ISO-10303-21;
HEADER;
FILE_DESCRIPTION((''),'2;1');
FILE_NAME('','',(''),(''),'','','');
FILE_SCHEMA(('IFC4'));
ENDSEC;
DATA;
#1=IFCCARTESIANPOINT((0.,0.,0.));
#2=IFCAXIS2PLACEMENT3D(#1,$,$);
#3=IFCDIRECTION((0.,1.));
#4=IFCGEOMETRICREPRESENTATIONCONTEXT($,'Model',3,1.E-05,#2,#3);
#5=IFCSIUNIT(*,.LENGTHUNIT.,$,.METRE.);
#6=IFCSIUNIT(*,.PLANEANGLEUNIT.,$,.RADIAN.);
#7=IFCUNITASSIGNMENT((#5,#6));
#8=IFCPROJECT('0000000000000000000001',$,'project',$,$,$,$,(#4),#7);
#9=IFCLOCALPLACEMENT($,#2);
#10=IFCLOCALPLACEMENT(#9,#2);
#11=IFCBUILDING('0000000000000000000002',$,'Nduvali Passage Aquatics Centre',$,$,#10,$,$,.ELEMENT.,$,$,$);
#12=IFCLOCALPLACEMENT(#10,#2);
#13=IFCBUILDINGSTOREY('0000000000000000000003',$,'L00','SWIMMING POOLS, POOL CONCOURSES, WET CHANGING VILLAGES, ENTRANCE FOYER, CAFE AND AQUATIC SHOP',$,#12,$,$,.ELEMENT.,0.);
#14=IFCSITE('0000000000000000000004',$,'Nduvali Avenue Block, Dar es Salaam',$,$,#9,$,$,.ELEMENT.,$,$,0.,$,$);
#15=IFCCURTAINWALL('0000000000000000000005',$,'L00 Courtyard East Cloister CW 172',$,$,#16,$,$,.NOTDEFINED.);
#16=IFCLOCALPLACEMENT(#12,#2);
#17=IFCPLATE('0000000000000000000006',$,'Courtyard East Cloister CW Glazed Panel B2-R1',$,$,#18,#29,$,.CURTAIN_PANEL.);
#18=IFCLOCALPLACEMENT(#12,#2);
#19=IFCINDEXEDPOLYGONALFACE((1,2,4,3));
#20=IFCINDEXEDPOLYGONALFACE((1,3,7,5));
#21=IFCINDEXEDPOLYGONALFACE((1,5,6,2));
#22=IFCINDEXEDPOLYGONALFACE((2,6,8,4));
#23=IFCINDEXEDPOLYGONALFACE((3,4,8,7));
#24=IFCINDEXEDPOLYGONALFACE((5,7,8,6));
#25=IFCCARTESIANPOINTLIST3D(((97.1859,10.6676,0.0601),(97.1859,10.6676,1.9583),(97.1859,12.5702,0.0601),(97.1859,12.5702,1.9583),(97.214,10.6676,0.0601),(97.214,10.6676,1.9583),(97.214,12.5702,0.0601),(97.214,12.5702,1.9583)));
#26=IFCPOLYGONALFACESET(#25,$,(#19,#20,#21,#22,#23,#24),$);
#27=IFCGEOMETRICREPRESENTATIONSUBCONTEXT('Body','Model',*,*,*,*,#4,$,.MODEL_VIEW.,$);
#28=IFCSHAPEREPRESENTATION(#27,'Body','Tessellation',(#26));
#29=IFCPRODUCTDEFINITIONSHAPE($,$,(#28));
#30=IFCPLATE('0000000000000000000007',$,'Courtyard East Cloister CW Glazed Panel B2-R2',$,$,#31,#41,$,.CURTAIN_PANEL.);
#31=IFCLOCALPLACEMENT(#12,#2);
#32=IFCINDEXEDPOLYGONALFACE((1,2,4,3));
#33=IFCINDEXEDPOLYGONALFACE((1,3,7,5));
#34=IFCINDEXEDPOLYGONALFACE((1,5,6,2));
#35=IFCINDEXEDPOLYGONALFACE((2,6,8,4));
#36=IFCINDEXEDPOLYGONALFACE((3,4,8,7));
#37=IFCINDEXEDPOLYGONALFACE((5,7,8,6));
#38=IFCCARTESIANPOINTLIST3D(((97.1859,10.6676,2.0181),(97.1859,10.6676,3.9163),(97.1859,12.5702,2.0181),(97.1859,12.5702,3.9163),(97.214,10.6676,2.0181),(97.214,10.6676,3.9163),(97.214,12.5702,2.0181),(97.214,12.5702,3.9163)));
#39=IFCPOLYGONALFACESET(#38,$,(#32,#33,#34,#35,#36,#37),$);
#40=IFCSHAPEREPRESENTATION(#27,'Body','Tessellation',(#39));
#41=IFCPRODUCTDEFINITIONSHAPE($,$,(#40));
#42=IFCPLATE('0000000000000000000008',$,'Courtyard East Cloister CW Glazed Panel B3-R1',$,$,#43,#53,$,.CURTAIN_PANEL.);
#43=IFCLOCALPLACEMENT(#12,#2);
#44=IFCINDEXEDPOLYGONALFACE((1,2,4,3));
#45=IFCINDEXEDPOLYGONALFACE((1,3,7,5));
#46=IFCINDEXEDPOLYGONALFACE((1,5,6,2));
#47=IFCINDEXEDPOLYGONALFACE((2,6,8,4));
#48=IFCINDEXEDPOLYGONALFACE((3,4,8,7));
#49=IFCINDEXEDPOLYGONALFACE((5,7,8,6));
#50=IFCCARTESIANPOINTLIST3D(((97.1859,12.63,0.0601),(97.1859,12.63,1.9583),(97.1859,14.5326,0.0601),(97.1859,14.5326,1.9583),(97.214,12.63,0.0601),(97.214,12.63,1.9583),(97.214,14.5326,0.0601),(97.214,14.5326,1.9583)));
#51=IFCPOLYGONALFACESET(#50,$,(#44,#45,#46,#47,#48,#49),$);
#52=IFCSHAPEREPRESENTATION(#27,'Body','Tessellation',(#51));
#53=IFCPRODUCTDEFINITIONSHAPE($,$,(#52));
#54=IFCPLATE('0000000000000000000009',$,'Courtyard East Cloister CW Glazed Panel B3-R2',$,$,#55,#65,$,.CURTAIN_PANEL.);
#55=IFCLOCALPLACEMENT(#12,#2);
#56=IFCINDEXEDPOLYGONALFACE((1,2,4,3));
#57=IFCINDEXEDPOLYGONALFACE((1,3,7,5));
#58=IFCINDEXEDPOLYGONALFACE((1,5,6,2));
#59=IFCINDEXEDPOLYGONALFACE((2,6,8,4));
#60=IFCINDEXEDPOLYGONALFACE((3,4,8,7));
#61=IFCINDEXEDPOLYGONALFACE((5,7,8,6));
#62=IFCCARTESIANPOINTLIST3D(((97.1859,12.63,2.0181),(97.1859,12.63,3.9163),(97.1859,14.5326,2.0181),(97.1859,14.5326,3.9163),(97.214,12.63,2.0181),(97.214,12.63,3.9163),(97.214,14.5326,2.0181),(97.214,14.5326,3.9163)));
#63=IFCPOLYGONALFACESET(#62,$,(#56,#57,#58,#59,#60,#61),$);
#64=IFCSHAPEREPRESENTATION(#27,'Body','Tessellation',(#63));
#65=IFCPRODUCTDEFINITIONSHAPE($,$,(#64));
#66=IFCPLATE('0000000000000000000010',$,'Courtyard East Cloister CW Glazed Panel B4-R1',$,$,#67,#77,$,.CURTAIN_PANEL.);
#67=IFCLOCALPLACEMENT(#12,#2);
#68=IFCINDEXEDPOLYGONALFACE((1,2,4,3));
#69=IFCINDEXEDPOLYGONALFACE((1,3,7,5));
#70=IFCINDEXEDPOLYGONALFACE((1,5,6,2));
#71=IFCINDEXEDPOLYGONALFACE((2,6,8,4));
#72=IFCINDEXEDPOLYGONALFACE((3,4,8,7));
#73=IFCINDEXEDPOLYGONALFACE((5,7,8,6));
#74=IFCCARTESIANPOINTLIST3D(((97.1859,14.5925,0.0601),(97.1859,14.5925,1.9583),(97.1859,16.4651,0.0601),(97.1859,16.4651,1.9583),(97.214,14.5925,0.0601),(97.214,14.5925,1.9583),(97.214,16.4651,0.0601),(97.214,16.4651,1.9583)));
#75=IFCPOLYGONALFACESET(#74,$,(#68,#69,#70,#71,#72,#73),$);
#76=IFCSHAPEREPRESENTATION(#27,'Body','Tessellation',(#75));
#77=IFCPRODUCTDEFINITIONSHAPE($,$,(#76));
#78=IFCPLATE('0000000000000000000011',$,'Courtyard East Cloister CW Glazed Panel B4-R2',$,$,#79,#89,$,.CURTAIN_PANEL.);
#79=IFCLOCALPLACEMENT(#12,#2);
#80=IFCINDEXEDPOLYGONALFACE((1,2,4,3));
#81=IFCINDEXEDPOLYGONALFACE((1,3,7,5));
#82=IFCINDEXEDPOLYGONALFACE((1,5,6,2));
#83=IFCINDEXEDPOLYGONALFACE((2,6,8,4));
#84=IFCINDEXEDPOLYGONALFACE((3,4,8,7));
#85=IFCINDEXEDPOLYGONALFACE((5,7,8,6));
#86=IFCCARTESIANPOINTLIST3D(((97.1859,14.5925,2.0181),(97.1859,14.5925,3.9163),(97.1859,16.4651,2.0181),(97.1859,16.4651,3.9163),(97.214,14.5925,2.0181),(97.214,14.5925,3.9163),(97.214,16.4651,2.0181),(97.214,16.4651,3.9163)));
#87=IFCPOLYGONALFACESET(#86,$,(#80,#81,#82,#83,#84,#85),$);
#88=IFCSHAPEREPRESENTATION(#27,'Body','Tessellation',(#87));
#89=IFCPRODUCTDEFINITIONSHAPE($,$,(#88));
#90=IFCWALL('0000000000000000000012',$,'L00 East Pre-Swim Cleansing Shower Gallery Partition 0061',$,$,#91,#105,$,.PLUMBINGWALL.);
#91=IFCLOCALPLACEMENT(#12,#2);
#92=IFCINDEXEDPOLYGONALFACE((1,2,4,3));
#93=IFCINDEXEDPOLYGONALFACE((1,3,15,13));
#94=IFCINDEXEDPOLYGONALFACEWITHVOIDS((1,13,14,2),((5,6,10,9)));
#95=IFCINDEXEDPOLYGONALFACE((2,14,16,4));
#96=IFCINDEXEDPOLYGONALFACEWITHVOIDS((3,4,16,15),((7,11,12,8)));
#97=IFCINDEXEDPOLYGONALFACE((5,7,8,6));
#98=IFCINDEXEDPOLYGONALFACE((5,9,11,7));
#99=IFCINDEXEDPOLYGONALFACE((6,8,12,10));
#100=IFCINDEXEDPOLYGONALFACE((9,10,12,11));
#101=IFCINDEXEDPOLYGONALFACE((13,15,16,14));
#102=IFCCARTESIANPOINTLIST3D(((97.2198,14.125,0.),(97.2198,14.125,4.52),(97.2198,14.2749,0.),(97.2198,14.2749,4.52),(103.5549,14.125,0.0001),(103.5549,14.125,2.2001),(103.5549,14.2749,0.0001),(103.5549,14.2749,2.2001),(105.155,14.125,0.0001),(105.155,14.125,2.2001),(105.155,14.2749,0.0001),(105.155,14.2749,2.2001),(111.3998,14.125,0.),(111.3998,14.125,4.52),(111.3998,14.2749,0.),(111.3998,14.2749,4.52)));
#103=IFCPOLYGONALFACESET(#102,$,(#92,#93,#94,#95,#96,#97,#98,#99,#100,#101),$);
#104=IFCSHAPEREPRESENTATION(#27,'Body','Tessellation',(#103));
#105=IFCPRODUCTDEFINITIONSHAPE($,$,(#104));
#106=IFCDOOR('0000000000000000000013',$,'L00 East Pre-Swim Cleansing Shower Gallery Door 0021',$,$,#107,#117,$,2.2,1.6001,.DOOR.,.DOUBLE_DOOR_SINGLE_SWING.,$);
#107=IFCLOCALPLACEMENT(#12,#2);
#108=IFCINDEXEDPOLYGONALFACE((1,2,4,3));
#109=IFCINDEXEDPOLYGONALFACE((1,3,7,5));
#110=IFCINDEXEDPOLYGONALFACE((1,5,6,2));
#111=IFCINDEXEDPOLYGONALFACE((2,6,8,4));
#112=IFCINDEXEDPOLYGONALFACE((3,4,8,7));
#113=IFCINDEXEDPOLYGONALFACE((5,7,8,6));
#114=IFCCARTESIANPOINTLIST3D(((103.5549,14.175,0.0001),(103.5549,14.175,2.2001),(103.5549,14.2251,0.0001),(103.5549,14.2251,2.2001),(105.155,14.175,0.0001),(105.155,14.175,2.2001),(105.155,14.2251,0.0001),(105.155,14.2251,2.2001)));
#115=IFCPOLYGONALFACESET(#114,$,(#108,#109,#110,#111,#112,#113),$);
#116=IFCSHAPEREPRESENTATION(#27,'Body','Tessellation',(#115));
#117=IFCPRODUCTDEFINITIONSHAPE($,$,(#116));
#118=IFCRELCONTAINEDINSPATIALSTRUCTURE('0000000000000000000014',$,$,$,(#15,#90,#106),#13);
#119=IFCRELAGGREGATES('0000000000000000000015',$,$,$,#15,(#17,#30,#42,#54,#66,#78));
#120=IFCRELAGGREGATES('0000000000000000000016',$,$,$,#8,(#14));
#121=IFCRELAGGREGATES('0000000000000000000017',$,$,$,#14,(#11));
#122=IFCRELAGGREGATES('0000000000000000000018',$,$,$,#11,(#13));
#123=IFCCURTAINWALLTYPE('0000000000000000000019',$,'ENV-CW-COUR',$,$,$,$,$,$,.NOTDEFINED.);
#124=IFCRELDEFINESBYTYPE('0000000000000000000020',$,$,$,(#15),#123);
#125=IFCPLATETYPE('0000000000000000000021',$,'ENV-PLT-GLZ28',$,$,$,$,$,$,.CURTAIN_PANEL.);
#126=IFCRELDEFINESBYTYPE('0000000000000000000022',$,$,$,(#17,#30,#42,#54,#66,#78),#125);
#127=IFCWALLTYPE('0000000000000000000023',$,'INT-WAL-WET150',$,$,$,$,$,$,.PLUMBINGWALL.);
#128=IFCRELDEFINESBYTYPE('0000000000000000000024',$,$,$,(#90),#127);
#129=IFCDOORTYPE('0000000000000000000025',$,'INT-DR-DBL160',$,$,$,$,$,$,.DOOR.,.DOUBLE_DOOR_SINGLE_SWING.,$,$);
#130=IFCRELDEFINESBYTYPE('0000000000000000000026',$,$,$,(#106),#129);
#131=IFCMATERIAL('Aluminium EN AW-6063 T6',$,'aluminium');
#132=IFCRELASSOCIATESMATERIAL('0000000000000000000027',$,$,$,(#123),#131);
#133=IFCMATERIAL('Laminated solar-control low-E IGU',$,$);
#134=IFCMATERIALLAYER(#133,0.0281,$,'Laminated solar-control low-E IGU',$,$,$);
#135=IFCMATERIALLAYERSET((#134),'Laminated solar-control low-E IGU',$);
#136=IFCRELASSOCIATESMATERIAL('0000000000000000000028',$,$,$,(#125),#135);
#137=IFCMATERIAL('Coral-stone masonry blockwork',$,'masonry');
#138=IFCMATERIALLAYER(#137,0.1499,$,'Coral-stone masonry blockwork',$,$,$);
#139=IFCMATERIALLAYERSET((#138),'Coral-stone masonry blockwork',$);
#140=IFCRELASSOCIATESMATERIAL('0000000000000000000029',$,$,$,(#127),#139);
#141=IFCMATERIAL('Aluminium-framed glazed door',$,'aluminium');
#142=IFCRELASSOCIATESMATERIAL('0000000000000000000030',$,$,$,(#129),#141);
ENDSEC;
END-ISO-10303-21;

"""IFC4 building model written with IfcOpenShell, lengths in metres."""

from ifc_helpers import new_model, si_unit, direction, frame, frame_2d, origin, origin_2d, place, context, subcontext, project, spatial, rectangle, extrude, material, layer, layer_set, type_object, element, fill, aggregate, save


model = new_model("IFC4")

# Units and contexts
model_context = context("Model", 3, precision=1e-05, world=origin(), true_north=direction((0.0, 1.0)))
body_context = subcontext(model_context, "Body", "Model", "MODEL_VIEW")
ifc_project = project(units=[si_unit("LENGTHUNIT", "METRE"), si_unit("PLANEANGLEUNIT", "RADIAN")], contexts=[model_context])

# Site, building, storey
site_placement = place(None, origin())
site = spatial("IfcSite", under=ifc_project, at=site_placement, Name="Nduvali Avenue Block, Dar es Salaam", CompositionType="ELEMENT", RefElevation=0.0)
building_placement = place(site_placement, origin())
building = spatial("IfcBuilding", under=site, at=building_placement, Name="Nduvali Passage Aquatics Centre", CompositionType="ELEMENT")
storey_placement = place(building_placement, origin())
storey = spatial("IfcBuildingStorey", under=building, at=storey_placement, Name="L00", Description="SWIMMING POOLS, POOL CONCOURSES, WET CHANGING VILLAGES, ENTRANCE FOYER, CAFE AND AQUATIC SHOP", CompositionType="ELEMENT", Elevation=0.0)

# Shared definitions
ifc_material_1 = material(Name="Aluminium EN AW-6063 T6", Category="aluminium")
curtain_wall_type = type_object("IfcCurtainWallType", Name="ENV-CW-COUR", PredefinedType="NOTDEFINED", material=ifc_material_1)

# Curtain wall
curtain_wall_1_placement = place(storey_placement, origin())
curtain_wall_1 = element("IfcCurtainWall", 1, at=curtain_wall_1_placement, inside=storey, type_object=curtain_wall_type, Name="L00 Courtyard East Cloister CW 172", PredefinedType="NOTDEFINED")

# Plates
ifc_material_2 = material(Name="Laminated solar-control low-E IGU")
ifc_layer_1 = layer(ifc_material_2, 0.0281, Name="Laminated solar-control low-E IGU")
ifc_layer_set_1 = layer_set([ifc_layer_1], Name="Laminated solar-control low-E IGU")
plate_type = type_object("IfcPlateType", Name="ENV-PLT-GLZ28", PredefinedType="CURTAIN_PANEL", material=ifc_layer_set_1)
plate_1_placement = place(storey_placement, frame((97.2, 11.6189, 0.0601), z_axis=(0.0, 0.0, 1.0), x_axis=(0.0, 1.0, 0.0)))
plate_1 = element("IfcPlate", 2, at=plate_1_placement, type_object=plate_type, Name="Courtyard East Cloister CW Glazed Panel B2-R1", PredefinedType="CURTAIN_PANEL", context=body_context, shape_type="SweptSolid", body=[
    extrude(rectangle(XDim=1.9026, YDim=0.0281, at=origin_2d()), origin(), (0.0, 0.0, 1.0), 1.8982),
])
plate_2_placement = place(storey_placement, frame((97.2, 11.6189, 2.0181), z_axis=(0.0, 0.0, 1.0), x_axis=(0.0, 1.0, 0.0)))
plate_2 = element("IfcPlate", 3, at=plate_2_placement, type_object=plate_type, Name="Courtyard East Cloister CW Glazed Panel B2-R2", PredefinedType="CURTAIN_PANEL", context=body_context, shape_type="SweptSolid", body=[
    extrude(rectangle(XDim=1.9026, YDim=0.0281, at=origin_2d()), origin(), (0.0, 0.0, 1.0), 1.8982),
])
plate_3_placement = place(storey_placement, frame((97.2, 13.5813, 0.0601), z_axis=(0.0, 0.0, 1.0), x_axis=(0.0, 1.0, 0.0)))
plate_3 = element("IfcPlate", 4, at=plate_3_placement, type_object=plate_type, Name="Courtyard East Cloister CW Glazed Panel B3-R1", PredefinedType="CURTAIN_PANEL", context=body_context, shape_type="SweptSolid", body=[
    extrude(rectangle(XDim=1.9026, YDim=0.0281, at=origin_2d()), origin(), (0.0, 0.0, 1.0), 1.8982),
])
plate_4_placement = place(storey_placement, frame((97.2, 13.5813, 2.0181), z_axis=(0.0, 0.0, 1.0), x_axis=(0.0, 1.0, 0.0)))
plate_4 = element("IfcPlate", 5, at=plate_4_placement, type_object=plate_type, Name="Courtyard East Cloister CW Glazed Panel B3-R2", PredefinedType="CURTAIN_PANEL", context=body_context, shape_type="SweptSolid", body=[
    extrude(rectangle(XDim=1.9026, YDim=0.0281, at=origin_2d()), origin(), (0.0, 0.0, 1.0), 1.8982),
])
plate_5_placement = place(storey_placement, frame((97.2, 15.5288, 0.0601), z_axis=(0.0, 0.0, 1.0), x_axis=(0.0, 1.0, 0.0)))
plate_5 = element("IfcPlate", 6, at=plate_5_placement, type_object=plate_type, Name="Courtyard East Cloister CW Glazed Panel B4-R1", PredefinedType="CURTAIN_PANEL", context=body_context, shape_type="SweptSolid", body=[
    extrude(rectangle(XDim=1.8726, YDim=0.0281, at=origin_2d()), origin(), (0.0, 0.0, 1.0), 1.8982),
])
plate_6_placement = place(storey_placement, frame((97.2, 15.5288, 2.0181), z_axis=(0.0, 0.0, 1.0), x_axis=(0.0, 1.0, 0.0)))
plate_6 = element("IfcPlate", 7, at=plate_6_placement, type_object=plate_type, Name="Courtyard East Cloister CW Glazed Panel B4-R2", PredefinedType="CURTAIN_PANEL", context=body_context, shape_type="SweptSolid", body=[
    extrude(rectangle(XDim=1.8726, YDim=0.0281, at=origin_2d()), origin(), (0.0, 0.0, 1.0), 1.8982),
])
aggregate(curtain_wall_1, [plate_1, plate_2, plate_3, plate_4, plate_5, plate_6])

# Wall, opening, door
ifc_material_3 = material(Name="Coral-stone masonry blockwork", Category="masonry")
ifc_layer_2 = layer(ifc_material_3, 0.1499, Name="Coral-stone masonry blockwork")
ifc_layer_set_2 = layer_set([ifc_layer_2], Name="Coral-stone masonry blockwork")
wall_type = type_object("IfcWallType", Name="INT-WAL-WET150", PredefinedType="PLUMBINGWALL", material=ifc_layer_set_2)
wall_placement = place(storey_placement, frame((97.22, 14.2, 0.0), z_axis=(0.0, 0.0, 1.0), x_axis=(1.0, 0.0, 0.0)))
wall = element("IfcWall", 8, at=wall_placement, inside=storey, type_object=wall_type, Name="L00 East Pre-Swim Cleansing Shower Gallery Partition 0061", PredefinedType="PLUMBINGWALL", context=body_context, shape_type="SweptSolid", body=[
    extrude(rectangle(XDim=14.1799, YDim=0.1499, at=frame_2d((7.0898, 0.0))), origin(), (0.0, 0.0, 1.0), 4.52),
])
opening_placement = place(wall_placement, frame((6.335, 0.0, 0.0)))
opening = element("IfcOpeningElement", 9, at=opening_placement, cuts=wall, PredefinedType="OPENING", context=body_context, shape_type="SweptSolid", body=[
    extrude(rectangle(XDim=1.6001, YDim=2.2, at=frame_2d((0.8, 1.1001))), frame((0.0, 0.0898, 0.0), z_axis=(0.0, -1.0, 0.0), x_axis=(1.0, 0.0, 0.0)), (0.0, 0.0, 1.0), 0.1797),
])
ifc_material_4 = material(Name="Aluminium-framed glazed door", Category="aluminium")
door_type = type_object("IfcDoorType", Name="INT-DR-DBL160", OperationType="DOUBLE_DOOR_SINGLE_SWING", PredefinedType="DOOR", material=ifc_material_4)
door_placement = place(opening_placement, frame((1.6001, 0.0, 0.0), z_axis=(0.0, 0.0, 1.0), x_axis=(-1.0, 0.0, 0.0)))
door = element("IfcDoor", 10, at=door_placement, inside=storey, type_object=door_type, Name="L00 East Pre-Swim Cleansing Shower Gallery Door 0021", OperationType="DOUBLE_DOOR_SINGLE_SWING", OverallHeight=2.2, OverallWidth=1.6001, PredefinedType="DOOR", context=body_context, shape_type="SweptSolid", body=[
    extrude(rectangle(XDim=1.6001, YDim=2.2, at=frame_2d((0.8, 1.1001))), frame((0.0, 0.0249, 0.0), z_axis=(0.0, -1.0, 0.0), x_axis=(1.0, 0.0, 0.0)), (0.0, 0.0, 1.0), 0.05),
])
fill(opening, door)

save(model, "model.ifc")
